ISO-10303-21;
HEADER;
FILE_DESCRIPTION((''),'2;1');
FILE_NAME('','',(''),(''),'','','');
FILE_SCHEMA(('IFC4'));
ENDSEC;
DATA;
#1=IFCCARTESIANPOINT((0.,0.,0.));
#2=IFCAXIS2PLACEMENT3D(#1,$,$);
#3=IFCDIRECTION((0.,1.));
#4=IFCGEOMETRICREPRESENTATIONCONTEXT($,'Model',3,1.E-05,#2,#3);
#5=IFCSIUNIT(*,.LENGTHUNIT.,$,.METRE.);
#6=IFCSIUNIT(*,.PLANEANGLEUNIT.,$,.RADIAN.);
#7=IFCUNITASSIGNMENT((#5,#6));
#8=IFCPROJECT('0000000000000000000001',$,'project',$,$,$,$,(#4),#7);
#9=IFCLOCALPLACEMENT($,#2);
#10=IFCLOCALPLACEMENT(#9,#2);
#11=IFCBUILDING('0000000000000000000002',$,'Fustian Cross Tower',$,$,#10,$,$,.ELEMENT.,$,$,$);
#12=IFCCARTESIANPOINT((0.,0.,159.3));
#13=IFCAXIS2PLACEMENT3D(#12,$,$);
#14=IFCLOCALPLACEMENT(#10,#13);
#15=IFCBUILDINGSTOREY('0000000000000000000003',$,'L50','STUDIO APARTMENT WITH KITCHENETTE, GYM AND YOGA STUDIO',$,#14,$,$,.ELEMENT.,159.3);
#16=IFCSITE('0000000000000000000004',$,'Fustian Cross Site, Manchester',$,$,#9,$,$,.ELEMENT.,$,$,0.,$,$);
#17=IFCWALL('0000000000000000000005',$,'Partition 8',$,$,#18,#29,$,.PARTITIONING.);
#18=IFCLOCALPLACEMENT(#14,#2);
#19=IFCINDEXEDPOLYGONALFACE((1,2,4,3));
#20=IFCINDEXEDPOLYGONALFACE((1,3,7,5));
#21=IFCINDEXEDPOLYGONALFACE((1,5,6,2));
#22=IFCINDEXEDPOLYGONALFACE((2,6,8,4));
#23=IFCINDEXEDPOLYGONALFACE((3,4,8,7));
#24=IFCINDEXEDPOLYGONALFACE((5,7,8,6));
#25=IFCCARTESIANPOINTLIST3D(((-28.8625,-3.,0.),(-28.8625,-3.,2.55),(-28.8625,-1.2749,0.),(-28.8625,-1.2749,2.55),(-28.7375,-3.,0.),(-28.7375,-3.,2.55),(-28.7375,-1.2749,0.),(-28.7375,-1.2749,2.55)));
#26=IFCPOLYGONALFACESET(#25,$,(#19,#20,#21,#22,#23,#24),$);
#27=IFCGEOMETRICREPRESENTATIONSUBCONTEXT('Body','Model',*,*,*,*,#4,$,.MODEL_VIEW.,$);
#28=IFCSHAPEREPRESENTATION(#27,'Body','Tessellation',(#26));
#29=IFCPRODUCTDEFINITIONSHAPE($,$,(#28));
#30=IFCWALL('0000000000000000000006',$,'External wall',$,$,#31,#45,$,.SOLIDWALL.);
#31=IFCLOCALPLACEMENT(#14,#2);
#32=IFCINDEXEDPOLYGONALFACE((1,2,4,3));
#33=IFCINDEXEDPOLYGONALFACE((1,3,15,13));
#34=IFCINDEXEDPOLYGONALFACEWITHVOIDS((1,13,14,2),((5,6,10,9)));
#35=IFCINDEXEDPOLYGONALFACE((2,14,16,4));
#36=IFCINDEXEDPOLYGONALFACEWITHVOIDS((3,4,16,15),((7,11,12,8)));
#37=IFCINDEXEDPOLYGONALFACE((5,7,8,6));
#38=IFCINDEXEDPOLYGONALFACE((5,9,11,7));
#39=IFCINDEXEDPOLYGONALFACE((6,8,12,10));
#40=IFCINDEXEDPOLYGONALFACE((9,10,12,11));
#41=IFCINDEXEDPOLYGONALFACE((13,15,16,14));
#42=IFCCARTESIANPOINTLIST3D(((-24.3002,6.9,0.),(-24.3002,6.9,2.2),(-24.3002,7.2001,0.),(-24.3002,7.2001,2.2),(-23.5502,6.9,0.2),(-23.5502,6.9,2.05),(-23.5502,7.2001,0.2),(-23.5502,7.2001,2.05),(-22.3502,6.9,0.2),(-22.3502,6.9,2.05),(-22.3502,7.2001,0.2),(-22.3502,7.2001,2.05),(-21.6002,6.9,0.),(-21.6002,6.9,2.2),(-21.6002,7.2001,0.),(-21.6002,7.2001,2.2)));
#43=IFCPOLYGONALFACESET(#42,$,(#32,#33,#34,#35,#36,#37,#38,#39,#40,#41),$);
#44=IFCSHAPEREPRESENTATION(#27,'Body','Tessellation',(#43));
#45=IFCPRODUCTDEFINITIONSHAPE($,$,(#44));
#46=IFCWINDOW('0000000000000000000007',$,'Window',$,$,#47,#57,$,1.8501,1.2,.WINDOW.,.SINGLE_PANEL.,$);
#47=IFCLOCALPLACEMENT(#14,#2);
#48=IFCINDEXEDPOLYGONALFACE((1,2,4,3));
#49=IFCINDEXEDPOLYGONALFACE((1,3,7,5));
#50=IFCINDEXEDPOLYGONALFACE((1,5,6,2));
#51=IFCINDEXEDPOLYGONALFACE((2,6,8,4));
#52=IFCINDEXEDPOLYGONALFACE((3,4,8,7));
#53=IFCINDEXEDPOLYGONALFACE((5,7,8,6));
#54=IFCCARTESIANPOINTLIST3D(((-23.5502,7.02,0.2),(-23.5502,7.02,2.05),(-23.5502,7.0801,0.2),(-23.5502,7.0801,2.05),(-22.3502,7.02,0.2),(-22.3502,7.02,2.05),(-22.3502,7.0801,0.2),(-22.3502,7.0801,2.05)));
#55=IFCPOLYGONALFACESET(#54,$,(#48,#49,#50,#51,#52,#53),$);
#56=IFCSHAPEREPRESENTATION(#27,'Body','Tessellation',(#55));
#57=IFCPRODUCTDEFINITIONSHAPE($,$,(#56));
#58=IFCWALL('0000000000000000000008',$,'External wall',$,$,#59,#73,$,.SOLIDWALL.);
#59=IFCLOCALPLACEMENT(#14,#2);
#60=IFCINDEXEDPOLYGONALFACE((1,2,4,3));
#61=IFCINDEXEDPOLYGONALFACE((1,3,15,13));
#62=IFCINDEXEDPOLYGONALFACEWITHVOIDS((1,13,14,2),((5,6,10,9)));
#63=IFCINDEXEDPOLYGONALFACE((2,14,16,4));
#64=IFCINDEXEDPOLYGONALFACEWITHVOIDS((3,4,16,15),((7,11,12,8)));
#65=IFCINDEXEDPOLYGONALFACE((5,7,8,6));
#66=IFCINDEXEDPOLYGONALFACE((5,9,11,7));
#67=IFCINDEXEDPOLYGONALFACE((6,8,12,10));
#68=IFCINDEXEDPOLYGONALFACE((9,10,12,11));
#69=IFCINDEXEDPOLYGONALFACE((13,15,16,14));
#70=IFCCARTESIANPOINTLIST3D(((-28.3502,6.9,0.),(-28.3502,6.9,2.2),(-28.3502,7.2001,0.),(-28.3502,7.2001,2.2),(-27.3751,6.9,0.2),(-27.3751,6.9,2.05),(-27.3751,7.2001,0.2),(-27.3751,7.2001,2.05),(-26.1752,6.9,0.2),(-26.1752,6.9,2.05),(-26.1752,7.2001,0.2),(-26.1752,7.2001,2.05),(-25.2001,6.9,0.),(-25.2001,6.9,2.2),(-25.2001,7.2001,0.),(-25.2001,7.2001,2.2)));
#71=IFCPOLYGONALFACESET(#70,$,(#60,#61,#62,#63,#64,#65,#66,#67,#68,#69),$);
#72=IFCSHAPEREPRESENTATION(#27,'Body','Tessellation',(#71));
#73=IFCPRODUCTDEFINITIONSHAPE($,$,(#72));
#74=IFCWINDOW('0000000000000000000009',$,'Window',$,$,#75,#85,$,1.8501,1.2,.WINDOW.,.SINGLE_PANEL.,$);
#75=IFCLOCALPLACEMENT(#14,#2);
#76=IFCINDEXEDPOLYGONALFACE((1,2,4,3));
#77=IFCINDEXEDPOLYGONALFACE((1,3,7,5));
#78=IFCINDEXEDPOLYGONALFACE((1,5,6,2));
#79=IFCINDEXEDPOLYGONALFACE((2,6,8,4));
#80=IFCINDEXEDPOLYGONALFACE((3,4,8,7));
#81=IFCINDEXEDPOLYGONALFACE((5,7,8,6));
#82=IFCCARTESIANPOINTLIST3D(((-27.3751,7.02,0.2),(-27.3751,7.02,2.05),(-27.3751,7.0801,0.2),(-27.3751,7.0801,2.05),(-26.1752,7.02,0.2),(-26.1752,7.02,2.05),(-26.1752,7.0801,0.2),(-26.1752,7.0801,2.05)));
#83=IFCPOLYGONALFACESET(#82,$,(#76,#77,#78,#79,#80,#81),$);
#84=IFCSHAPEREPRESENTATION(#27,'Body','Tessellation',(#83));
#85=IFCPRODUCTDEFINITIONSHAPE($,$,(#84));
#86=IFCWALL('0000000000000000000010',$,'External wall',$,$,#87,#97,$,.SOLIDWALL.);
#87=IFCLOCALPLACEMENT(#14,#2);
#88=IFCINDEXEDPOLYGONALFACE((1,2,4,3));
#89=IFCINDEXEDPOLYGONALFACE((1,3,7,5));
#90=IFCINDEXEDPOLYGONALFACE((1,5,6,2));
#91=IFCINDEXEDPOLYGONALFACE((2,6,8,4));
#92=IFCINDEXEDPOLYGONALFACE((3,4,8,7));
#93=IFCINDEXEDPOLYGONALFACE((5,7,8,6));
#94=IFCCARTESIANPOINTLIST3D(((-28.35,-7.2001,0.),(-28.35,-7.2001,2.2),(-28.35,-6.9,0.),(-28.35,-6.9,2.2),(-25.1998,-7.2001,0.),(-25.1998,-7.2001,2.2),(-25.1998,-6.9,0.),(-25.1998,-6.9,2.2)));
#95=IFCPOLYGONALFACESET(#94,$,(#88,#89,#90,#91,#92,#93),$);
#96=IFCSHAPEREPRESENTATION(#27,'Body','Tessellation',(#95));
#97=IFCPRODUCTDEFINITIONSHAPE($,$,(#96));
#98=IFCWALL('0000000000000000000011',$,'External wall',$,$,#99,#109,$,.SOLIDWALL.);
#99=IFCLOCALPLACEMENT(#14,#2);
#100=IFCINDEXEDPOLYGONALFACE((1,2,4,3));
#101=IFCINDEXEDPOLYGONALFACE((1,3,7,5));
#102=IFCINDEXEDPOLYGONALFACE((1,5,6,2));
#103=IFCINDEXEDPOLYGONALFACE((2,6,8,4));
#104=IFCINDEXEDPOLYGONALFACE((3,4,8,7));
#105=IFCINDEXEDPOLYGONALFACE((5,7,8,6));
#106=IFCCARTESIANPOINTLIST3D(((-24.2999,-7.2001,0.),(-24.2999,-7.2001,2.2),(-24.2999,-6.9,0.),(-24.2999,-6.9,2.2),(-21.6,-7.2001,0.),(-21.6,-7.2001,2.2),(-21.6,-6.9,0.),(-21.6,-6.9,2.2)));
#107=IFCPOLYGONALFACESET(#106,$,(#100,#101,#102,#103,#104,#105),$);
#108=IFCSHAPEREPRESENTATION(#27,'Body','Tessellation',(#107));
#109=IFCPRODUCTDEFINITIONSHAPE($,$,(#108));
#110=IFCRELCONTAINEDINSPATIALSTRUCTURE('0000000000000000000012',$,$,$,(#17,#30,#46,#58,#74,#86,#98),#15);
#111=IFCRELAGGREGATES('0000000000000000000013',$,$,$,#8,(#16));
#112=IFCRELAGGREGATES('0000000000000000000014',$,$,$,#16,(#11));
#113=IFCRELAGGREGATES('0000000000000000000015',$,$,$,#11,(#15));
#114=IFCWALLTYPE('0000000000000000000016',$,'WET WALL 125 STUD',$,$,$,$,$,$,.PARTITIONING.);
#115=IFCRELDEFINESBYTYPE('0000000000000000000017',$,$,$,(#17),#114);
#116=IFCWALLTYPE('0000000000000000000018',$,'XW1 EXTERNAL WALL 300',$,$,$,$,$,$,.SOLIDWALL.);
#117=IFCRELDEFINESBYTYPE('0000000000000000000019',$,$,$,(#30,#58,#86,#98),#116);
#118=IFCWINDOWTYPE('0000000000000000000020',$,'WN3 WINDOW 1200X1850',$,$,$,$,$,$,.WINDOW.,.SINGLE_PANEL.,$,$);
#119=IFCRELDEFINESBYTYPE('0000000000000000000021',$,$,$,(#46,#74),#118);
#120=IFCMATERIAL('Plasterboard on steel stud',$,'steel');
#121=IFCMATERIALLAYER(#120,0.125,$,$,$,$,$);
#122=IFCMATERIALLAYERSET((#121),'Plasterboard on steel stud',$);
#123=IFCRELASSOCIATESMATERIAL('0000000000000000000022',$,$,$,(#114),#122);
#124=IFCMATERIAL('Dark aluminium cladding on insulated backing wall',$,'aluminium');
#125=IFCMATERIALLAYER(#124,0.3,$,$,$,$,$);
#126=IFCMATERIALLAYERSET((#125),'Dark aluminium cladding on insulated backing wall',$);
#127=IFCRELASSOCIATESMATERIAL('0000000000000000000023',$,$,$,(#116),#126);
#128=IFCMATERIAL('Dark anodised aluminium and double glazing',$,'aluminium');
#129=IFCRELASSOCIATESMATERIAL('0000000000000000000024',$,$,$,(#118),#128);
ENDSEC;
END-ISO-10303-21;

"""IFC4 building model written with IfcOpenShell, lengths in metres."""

from ifc_helpers import new_model, si_unit, direction, frame, frame_2d, origin, place, context, subcontext, project, spatial, rectangle, extrude, material, layer, layer_set, type_object, element, fill, save


model = new_model("IFC4")

# Units and contexts
model_context = context("Model", 3, precision=1e-05, world=origin(), true_north=direction((0.0, 1.0)))
body_context = subcontext(model_context, "Body", "Model", "MODEL_VIEW")
ifc_project = project(units=[si_unit("LENGTHUNIT", "METRE"), si_unit("PLANEANGLEUNIT", "RADIAN")], contexts=[model_context])

# Site, building, storey
site_placement = place(None, origin())
site = spatial("IfcSite", under=ifc_project, at=site_placement, Name="Fustian Cross Site, Manchester", CompositionType="ELEMENT", RefElevation=0.0)
building_placement = place(site_placement, origin())
building = spatial("IfcBuilding", under=site, at=building_placement, Name="Fustian Cross Tower", CompositionType="ELEMENT")
storey_placement = place(building_placement, frame((0.0, 0.0, 159.3)))
storey = spatial("IfcBuildingStorey", under=building, at=storey_placement, Name="L50", Description="STUDIO APARTMENT WITH KITCHENETTE, GYM AND YOGA STUDIO", CompositionType="ELEMENT", Elevation=159.3)

# Wall
ifc_material_1 = material(Name="Plasterboard on steel stud", Category="steel")
ifc_layer_1 = layer(ifc_material_1, 0.125)
ifc_layer_set_1 = layer_set([ifc_layer_1], Name="Plasterboard on steel stud")
wall_type_1 = type_object("IfcWallType", Name="WET WALL 125 STUD", PredefinedType="PARTITIONING", material=ifc_layer_set_1)
wall_1_placement = place(storey_placement, frame((-28.8, -3.0, 0.0), z_axis=(0.0, 0.0, 1.0), x_axis=(0.0, 1.0, 0.0)))
element("IfcWall", 1, at=wall_1_placement, inside=storey, type_object=wall_type_1, Name="Partition 8", PredefinedType="PARTITIONING", context=body_context, shape_type="SweptSolid", body=[
    extrude(rectangle(XDim=1.7251, YDim=0.125, at=frame_2d((0.8625, 0.0))), origin(), (0.0, 0.0, 1.0), 2.55),
])

# Walls, openings, windows
ifc_material_2 = material(Name="Dark aluminium cladding on insulated backing wall", Category="aluminium")
ifc_layer_2 = layer(ifc_material_2, 0.3)
ifc_layer_set_2 = layer_set([ifc_layer_2], Name="Dark aluminium cladding on insulated backing wall")
wall_type_2 = type_object("IfcWallType", Name="XW1 EXTERNAL WALL 300", PredefinedType="SOLIDWALL", material=ifc_layer_set_2)
wall_2_placement = place(storey_placement, frame((-21.6001, 7.05, 0.0), z_axis=(0.0, 0.0, 1.0), x_axis=(-1.0, 0.0, 0.0)))
wall_2 = element("IfcWall", 2, at=wall_2_placement, inside=storey, type_object=wall_type_2, Name="External wall", PredefinedType="SOLIDWALL", context=body_context, shape_type="SweptSolid", body=[
    extrude(rectangle(XDim=2.7, YDim=0.3, at=frame_2d((1.3501, 0.0))), origin(), (0.0, 0.0, 1.0), 2.2),
])
opening_1_placement = place(wall_2_placement, frame((0.75, 0.0, 0.2)))
opening_1 = element("IfcOpeningElement", 3, at=opening_1_placement, cuts=wall_2, PredefinedType="OPENING", context=body_context, shape_type="SweptSolid", body=[
    extrude(rectangle(XDim=1.2, YDim=1.8501, at=frame_2d((0.6001, 0.925))), frame((0.0, 0.1599, 0.0), z_axis=(0.0, -1.0, 0.0), x_axis=(1.0, 0.0, 0.0)), (0.0, 0.0, 1.0), 0.3201),
])
ifc_material_3 = material(Name="Dark anodised aluminium and double glazing", Category="aluminium")
window_type = type_object("IfcWindowType", Name="WN3 WINDOW 1200X1850", PartitioningType="SINGLE_PANEL", PredefinedType="WINDOW", material=ifc_material_3)
window_1_placement = place(opening_1_placement, origin())
window_1 = element("IfcWindow", 4, at=window_1_placement, inside=storey, type_object=window_type, Name="Window", OverallHeight=1.8501, OverallWidth=1.2, PartitioningType="SINGLE_PANEL", PredefinedType="WINDOW", context=body_context, shape_type="SweptSolid", body=[
    extrude(rectangle(XDim=1.2, YDim=1.8501, at=frame_2d((0.6001, 0.925))), frame((0.0, 0.03, 0.0), z_axis=(0.0, -1.0, 0.0), x_axis=(1.0, 0.0, 0.0)), (0.0, 0.0, 1.0), 0.0601),
])
fill(opening_1, window_1)
wall_3_placement = place(storey_placement, frame((-25.2, 7.05, 0.0), z_axis=(0.0, 0.0, 1.0), x_axis=(-1.0, 0.0, 0.0)))
wall_3 = element("IfcWall", 5, at=wall_3_placement, inside=storey, type_object=wall_type_2, Name="External wall", PredefinedType="SOLIDWALL", context=body_context, shape_type="SweptSolid", body=[
    extrude(rectangle(XDim=3.1501, YDim=0.3, at=frame_2d((1.5752, 0.0))), origin(), (0.0, 0.0, 1.0), 2.2),
])
opening_2_placement = place(wall_3_placement, frame((0.9751, 0.0, 0.2)))
opening_2 = element("IfcOpeningElement", 6, at=opening_2_placement, cuts=wall_3, PredefinedType="OPENING", context=body_context, shape_type="SweptSolid", body=[
    extrude(rectangle(XDim=1.2, YDim=1.8501, at=frame_2d((0.6001, 0.925))), frame((0.0, 0.1599, 0.0), z_axis=(0.0, -1.0, 0.0), x_axis=(1.0, 0.0, 0.0)), (0.0, 0.0, 1.0), 0.3201),
])
window_2_placement = place(opening_2_placement, origin())
window_2 = element("IfcWindow", 7, at=window_2_placement, inside=storey, type_object=window_type, Name="Window", OverallHeight=1.8501, OverallWidth=1.2, PartitioningType="SINGLE_PANEL", PredefinedType="WINDOW", context=body_context, shape_type="SweptSolid", body=[
    extrude(rectangle(XDim=1.2, YDim=1.8501, at=frame_2d((0.6001, 0.925))), frame((0.0, 0.03, 0.0), z_axis=(0.0, -1.0, 0.0), x_axis=(1.0, 0.0, 0.0)), (0.0, 0.0, 1.0), 0.0601),
])
fill(opening_2, window_2)

# Walls
wall_4_placement = place(storey_placement, frame((-28.3501, -7.05, 0.0), z_axis=(0.0, 0.0, 1.0), x_axis=(1.0, 0.0, 0.0)))
element("IfcWall", 8, at=wall_4_placement, inside=storey, type_object=wall_type_2, Name="External wall", PredefinedType="SOLIDWALL", context=body_context, shape_type="SweptSolid", body=[
    extrude(rectangle(XDim=3.1501, YDim=0.3, at=frame_2d((1.5752, 0.0))), origin(), (0.0, 0.0, 1.0), 2.2),
])
wall_5_placement = place(storey_placement, frame((-24.3, -7.05, 0.0), z_axis=(0.0, 0.0, 1.0), x_axis=(1.0, 0.0, 0.0)))
element("IfcWall", 9, at=wall_5_placement, inside=storey, type_object=wall_type_2, Name="External wall", PredefinedType="SOLIDWALL", context=body_context, shape_type="SweptSolid", body=[
    extrude(rectangle(XDim=2.7, YDim=0.3, at=frame_2d((1.3501, 0.0))), origin(), (0.0, 0.0, 1.0), 2.2),
])

save(model, "model.ifc")
